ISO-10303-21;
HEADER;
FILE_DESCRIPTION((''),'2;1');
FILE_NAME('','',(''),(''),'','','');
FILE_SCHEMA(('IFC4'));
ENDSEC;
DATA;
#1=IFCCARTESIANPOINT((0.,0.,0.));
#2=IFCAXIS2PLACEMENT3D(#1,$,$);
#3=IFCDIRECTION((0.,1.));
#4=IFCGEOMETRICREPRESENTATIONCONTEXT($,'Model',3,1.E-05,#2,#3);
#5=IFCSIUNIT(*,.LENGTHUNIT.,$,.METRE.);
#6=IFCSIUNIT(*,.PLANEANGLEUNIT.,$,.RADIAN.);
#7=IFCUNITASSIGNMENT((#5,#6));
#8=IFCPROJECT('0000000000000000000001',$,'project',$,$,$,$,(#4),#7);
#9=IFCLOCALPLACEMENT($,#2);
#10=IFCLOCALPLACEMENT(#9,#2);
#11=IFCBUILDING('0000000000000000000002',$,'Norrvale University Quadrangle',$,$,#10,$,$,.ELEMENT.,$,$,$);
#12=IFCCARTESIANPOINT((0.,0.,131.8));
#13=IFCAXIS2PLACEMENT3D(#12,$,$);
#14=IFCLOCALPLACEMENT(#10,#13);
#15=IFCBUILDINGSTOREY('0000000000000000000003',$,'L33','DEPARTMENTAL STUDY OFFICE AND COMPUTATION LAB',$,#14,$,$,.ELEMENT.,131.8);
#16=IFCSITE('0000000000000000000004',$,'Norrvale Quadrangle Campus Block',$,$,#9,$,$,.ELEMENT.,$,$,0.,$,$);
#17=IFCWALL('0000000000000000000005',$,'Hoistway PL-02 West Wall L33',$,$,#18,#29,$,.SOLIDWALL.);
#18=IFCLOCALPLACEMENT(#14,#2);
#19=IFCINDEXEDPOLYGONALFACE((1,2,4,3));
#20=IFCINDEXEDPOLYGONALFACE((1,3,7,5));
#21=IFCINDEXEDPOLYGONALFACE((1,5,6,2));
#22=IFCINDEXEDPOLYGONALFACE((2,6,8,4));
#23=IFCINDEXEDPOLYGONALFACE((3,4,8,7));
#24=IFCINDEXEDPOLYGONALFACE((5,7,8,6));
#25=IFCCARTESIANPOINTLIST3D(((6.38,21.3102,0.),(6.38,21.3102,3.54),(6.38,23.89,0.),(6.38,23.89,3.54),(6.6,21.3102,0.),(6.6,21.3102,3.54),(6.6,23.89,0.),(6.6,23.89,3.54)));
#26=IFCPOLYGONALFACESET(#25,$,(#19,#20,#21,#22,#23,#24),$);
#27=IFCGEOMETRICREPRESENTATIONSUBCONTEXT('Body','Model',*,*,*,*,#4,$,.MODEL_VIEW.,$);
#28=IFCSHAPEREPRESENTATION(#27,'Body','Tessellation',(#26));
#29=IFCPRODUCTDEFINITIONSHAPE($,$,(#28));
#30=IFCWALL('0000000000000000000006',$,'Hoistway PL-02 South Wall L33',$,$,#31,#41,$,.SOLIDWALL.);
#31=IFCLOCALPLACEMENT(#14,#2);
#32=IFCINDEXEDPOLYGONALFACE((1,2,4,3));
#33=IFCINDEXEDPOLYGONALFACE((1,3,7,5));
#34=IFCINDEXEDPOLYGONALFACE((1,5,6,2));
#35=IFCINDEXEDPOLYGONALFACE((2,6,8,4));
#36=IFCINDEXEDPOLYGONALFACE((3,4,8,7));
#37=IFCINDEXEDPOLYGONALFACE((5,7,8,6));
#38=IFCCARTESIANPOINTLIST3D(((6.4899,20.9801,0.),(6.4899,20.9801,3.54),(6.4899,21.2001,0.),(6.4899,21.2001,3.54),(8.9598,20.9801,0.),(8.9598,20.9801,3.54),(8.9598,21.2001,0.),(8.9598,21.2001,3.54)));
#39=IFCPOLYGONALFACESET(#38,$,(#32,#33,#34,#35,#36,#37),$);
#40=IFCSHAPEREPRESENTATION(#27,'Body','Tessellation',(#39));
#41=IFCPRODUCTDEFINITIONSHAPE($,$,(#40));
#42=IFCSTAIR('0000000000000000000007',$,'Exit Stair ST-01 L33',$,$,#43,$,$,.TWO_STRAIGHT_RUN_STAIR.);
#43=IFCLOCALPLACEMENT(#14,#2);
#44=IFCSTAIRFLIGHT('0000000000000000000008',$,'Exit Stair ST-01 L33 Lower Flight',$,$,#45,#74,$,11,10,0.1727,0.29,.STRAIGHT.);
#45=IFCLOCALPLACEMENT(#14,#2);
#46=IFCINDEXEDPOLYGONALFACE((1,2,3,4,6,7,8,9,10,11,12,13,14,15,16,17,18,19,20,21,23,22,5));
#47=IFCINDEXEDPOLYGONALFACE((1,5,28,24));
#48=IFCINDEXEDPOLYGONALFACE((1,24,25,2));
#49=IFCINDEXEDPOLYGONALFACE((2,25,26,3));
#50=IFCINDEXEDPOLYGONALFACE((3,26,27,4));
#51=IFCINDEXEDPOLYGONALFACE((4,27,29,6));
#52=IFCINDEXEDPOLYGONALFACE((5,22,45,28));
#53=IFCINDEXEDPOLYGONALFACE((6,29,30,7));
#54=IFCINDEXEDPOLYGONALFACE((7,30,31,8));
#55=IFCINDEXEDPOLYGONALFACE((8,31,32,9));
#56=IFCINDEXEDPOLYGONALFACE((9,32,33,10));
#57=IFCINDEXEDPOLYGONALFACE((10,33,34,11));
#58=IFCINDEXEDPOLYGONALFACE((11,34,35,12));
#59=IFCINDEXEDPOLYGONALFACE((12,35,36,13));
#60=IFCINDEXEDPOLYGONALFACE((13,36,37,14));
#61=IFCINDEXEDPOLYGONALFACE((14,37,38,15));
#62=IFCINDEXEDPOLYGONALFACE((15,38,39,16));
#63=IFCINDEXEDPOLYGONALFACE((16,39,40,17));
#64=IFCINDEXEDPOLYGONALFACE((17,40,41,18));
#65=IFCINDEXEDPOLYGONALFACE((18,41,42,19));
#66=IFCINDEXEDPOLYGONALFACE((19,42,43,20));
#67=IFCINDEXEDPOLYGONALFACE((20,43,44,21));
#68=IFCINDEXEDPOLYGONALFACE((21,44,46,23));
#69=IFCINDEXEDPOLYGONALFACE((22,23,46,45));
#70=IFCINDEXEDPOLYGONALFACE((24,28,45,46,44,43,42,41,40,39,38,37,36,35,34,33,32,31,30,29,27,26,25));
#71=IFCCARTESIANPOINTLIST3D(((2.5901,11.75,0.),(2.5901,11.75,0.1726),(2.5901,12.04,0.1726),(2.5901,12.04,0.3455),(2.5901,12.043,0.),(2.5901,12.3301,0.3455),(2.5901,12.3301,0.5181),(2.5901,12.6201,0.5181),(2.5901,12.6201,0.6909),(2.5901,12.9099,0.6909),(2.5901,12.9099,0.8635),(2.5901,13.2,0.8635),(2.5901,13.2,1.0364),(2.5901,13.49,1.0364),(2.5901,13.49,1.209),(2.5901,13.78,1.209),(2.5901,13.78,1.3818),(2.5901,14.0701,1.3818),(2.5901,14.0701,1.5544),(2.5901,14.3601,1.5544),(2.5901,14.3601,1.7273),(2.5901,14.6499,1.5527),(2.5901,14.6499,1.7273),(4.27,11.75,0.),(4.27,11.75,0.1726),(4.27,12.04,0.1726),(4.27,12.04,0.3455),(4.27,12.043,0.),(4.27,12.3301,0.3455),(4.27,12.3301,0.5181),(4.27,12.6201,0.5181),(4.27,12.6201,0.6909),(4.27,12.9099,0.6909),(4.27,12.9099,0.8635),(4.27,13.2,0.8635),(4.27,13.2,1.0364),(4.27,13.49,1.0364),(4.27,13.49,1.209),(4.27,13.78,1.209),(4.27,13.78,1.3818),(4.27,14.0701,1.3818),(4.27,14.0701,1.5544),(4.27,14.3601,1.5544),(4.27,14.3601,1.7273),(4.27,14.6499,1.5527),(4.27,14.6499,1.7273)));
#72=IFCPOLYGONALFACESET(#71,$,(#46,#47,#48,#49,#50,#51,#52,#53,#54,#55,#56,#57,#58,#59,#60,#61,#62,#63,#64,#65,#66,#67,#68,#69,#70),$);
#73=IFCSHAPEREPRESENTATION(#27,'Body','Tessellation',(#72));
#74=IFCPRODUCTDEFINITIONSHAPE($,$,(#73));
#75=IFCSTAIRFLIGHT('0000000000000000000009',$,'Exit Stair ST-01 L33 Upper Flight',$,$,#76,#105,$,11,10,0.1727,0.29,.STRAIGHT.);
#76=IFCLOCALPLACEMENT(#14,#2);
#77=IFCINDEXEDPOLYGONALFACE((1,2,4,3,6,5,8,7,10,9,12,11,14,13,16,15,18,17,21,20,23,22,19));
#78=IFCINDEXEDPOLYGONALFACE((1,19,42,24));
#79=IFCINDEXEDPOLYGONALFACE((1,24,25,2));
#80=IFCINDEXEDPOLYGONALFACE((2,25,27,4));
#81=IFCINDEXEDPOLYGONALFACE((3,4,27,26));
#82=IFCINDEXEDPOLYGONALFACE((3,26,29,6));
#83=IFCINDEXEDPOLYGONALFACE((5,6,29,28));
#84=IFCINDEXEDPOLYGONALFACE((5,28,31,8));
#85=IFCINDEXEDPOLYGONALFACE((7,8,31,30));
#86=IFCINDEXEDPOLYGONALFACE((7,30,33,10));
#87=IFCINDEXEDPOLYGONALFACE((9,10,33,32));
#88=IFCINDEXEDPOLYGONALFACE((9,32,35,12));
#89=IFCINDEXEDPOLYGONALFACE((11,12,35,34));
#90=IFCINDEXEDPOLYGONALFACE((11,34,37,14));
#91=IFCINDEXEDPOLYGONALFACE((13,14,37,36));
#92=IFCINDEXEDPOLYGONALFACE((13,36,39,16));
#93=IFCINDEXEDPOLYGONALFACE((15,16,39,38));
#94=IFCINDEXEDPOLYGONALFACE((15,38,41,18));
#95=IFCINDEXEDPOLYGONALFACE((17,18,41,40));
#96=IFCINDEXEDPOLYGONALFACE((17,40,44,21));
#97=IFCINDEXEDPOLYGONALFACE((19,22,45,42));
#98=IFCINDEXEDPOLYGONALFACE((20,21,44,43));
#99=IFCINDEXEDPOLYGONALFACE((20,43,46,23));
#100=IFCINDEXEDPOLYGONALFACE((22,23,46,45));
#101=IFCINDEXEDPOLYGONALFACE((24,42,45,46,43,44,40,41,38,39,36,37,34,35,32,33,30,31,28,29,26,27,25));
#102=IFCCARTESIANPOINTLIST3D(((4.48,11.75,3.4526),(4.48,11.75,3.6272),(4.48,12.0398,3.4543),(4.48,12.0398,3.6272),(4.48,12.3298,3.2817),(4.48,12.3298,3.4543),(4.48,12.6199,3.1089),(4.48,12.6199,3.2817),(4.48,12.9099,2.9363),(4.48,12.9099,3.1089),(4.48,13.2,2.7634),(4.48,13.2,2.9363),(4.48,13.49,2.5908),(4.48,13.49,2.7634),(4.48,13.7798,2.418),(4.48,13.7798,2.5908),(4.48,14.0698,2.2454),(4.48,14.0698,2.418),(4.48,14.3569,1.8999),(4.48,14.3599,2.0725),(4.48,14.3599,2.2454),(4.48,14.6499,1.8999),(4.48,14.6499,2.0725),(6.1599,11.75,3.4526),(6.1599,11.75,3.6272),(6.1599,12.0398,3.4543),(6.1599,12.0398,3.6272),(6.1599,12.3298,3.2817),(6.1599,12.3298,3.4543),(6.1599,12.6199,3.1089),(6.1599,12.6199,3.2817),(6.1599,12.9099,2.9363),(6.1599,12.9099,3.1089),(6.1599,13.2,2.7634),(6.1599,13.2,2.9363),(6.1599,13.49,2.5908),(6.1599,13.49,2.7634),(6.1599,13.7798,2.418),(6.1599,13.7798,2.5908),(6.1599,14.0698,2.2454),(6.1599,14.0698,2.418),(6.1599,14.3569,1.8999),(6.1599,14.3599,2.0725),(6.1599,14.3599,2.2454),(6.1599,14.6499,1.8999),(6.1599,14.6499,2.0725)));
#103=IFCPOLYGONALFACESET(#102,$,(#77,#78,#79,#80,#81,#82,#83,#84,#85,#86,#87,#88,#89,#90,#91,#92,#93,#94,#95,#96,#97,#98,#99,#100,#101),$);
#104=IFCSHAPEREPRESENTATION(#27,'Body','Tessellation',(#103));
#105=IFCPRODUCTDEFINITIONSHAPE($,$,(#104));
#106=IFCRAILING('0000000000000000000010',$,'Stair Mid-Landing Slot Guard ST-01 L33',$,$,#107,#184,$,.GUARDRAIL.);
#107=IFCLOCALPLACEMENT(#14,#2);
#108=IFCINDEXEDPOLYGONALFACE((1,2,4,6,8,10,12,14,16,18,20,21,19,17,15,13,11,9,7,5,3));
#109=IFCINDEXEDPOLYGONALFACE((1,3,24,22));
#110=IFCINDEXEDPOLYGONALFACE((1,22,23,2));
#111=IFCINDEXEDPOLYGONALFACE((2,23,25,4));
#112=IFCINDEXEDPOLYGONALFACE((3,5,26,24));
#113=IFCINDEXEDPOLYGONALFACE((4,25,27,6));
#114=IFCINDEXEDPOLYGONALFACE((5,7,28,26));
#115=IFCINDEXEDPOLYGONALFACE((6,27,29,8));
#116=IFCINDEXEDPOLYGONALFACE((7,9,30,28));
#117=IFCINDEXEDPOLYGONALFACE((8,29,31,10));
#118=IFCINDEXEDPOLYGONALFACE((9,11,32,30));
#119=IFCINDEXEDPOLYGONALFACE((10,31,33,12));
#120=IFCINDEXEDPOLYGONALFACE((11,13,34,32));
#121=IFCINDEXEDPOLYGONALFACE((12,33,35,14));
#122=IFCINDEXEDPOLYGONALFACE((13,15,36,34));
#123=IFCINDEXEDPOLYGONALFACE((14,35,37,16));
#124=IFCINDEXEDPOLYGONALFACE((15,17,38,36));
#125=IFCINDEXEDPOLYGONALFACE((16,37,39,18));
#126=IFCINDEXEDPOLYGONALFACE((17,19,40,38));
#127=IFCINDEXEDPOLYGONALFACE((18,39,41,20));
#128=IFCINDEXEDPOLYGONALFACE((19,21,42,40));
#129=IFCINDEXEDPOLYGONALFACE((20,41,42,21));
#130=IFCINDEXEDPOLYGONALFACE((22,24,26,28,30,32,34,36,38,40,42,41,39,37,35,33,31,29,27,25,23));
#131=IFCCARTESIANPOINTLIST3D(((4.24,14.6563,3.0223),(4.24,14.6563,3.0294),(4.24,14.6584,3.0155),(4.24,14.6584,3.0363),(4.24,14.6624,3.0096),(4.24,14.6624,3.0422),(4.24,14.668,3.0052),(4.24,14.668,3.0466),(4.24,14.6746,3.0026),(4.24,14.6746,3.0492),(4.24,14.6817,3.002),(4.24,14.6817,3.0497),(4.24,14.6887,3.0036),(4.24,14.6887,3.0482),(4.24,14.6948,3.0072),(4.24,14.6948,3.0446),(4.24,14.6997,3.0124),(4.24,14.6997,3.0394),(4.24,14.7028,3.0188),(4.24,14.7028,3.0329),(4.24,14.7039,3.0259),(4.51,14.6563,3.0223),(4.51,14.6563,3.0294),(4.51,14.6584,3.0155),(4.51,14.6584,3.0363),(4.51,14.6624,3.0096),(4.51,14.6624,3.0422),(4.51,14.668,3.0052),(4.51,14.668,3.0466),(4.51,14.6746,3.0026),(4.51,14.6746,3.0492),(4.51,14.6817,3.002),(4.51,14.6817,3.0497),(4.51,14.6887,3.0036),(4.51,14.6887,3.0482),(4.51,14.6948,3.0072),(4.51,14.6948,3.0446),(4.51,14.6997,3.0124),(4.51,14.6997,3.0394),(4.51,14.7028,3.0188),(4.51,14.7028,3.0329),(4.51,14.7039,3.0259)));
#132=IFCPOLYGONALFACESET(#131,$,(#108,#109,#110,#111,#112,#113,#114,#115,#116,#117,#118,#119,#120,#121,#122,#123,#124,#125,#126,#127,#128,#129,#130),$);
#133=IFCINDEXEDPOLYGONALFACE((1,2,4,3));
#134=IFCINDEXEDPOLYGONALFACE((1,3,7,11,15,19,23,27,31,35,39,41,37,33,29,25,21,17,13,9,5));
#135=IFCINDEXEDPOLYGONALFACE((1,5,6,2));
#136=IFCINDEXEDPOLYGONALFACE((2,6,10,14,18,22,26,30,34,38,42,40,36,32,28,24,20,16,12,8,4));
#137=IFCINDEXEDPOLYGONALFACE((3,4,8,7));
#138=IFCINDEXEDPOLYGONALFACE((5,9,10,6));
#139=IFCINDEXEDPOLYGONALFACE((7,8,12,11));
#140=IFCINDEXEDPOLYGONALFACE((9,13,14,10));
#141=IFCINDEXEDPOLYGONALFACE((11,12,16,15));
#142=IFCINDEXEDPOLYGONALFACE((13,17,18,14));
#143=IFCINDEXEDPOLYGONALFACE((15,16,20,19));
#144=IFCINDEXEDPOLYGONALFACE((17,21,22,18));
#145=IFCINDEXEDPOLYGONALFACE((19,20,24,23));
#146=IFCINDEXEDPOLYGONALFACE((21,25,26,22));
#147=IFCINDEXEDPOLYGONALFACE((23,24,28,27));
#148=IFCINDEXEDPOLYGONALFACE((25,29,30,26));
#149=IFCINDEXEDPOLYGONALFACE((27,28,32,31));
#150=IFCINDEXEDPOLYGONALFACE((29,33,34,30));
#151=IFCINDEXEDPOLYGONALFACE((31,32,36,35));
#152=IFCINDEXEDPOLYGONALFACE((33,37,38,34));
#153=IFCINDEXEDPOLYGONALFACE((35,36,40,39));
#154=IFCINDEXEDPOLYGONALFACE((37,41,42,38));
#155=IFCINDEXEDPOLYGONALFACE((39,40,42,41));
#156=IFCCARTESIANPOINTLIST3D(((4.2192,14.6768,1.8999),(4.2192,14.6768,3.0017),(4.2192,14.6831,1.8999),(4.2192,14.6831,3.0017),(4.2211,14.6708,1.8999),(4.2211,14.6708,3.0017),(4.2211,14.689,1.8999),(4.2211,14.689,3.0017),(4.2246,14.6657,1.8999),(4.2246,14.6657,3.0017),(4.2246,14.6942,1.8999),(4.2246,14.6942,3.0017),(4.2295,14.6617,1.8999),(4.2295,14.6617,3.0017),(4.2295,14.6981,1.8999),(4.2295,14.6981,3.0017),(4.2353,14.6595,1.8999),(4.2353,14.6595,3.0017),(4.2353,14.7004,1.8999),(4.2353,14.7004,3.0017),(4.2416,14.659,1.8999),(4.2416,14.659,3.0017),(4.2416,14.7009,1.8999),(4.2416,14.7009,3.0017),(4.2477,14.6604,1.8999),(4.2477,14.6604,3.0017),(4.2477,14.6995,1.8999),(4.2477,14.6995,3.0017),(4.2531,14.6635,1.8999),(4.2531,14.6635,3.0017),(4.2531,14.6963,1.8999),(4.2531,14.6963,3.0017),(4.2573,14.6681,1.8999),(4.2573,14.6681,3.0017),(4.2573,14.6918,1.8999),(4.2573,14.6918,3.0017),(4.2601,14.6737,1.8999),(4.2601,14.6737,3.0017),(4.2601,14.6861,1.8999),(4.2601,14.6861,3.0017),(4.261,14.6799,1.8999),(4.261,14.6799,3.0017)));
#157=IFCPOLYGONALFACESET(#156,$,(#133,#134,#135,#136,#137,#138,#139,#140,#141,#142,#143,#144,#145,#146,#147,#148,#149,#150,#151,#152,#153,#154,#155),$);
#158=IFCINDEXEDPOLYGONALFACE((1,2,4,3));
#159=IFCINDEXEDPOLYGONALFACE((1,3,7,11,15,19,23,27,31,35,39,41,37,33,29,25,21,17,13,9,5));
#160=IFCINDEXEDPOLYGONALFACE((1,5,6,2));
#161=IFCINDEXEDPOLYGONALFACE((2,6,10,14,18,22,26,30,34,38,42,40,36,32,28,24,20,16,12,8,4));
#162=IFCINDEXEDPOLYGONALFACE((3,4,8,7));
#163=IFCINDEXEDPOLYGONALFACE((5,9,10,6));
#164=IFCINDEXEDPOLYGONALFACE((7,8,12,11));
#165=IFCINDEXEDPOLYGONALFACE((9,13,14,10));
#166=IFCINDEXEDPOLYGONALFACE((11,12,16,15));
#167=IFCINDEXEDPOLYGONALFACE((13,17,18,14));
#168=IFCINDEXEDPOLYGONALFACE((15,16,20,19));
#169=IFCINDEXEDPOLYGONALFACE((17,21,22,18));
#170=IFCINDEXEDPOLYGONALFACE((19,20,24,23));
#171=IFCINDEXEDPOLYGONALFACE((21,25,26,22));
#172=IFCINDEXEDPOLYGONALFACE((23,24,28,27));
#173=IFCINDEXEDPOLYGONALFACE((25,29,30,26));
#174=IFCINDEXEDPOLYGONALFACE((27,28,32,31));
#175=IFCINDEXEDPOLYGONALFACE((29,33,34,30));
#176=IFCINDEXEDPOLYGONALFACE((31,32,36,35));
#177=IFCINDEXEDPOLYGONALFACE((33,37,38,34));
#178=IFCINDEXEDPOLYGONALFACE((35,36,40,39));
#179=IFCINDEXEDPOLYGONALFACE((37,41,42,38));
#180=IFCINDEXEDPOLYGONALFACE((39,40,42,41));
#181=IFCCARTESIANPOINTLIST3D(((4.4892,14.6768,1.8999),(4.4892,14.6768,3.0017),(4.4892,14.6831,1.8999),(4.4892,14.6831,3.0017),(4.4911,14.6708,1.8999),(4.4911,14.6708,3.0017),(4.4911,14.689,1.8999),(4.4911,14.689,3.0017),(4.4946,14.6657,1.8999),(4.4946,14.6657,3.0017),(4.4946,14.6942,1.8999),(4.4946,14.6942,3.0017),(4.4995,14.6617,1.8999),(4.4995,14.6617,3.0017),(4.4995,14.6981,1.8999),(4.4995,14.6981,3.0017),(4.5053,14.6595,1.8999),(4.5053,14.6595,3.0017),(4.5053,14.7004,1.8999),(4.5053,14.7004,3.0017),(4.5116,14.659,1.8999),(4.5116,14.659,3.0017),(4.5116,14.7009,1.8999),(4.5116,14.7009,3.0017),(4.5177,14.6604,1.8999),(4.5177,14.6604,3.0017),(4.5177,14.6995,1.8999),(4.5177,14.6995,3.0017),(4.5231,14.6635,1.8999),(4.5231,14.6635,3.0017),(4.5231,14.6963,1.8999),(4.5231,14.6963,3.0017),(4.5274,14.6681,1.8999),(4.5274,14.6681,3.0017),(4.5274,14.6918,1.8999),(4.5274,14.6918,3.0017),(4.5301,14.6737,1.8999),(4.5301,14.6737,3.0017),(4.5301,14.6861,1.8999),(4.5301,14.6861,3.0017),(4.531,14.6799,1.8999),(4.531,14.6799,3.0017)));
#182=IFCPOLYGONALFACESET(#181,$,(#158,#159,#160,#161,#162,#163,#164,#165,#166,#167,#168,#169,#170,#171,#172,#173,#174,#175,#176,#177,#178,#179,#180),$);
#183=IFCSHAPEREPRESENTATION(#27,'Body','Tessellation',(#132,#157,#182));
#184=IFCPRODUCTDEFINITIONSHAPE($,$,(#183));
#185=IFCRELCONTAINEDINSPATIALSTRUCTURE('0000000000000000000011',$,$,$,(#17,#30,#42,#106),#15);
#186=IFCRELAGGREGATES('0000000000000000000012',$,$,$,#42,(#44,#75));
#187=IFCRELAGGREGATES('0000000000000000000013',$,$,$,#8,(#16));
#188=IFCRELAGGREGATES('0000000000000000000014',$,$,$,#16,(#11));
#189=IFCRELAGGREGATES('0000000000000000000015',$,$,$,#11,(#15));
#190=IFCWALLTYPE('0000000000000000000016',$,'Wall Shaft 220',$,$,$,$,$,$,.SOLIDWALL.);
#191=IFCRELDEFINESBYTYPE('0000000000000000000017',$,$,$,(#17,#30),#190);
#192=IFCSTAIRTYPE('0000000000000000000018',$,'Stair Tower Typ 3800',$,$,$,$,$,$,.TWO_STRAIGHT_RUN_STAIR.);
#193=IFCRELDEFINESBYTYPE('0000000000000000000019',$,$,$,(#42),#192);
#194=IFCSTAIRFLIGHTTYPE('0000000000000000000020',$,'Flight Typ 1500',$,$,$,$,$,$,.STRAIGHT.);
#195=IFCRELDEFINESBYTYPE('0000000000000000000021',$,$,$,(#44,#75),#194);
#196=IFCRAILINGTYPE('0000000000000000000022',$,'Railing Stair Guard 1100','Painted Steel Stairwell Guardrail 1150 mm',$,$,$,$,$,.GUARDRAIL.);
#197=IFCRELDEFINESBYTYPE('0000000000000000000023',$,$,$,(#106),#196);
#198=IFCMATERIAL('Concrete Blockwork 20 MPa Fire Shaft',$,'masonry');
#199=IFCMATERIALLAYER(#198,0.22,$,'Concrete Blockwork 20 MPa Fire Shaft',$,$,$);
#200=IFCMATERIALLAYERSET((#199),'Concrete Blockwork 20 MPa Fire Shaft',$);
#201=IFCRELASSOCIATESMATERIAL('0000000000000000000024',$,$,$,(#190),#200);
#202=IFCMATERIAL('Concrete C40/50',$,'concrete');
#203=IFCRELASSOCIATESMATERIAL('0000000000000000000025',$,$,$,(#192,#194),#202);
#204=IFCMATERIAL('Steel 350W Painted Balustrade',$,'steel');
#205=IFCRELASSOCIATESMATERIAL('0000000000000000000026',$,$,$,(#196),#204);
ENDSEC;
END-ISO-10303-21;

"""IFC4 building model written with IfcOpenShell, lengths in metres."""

from ifc_helpers import new_model, si_unit, direction, frame, frame_2d, origin, origin_2d, place, context, subcontext, project, spatial, polyline, rectangle, circle, outline, extrude, material, layer, layer_set, type_object, element, aggregate, save


model = new_model("IFC4")

# Units and contexts
model_context = context("Model", 3, precision=1e-05, world=origin(), true_north=direction((0.0, 1.0)))
body_context = subcontext(model_context, "Body", "Model", "MODEL_VIEW")
ifc_project = project(units=[si_unit("LENGTHUNIT", "METRE"), si_unit("PLANEANGLEUNIT", "RADIAN")], contexts=[model_context])

# Site, building, storey
site_placement = place(None, origin())
site = spatial("IfcSite", under=ifc_project, at=site_placement, Name="Norrvale Quadrangle Campus Block", CompositionType="ELEMENT", RefElevation=0.0)
building_placement = place(site_placement, origin())
building = spatial("IfcBuilding", under=site, at=building_placement, Name="Norrvale University Quadrangle", CompositionType="ELEMENT")
storey_placement = place(building_placement, frame((0.0, 0.0, 131.8)))
storey = spatial("IfcBuildingStorey", under=building, at=storey_placement, Name="L33", Description="DEPARTMENTAL STUDY OFFICE AND COMPUTATION LAB", CompositionType="ELEMENT", Elevation=131.8)

# Walls
ifc_material_1 = material(Name="Concrete Blockwork 20 MPa Fire Shaft", Category="masonry")
ifc_layer_1 = layer(ifc_material_1, 0.22, Name="Concrete Blockwork 20 MPa Fire Shaft")
ifc_layer_set_1 = layer_set([ifc_layer_1], Name="Concrete Blockwork 20 MPa Fire Shaft")
wall_type_1 = type_object("IfcWallType", Name="Wall Shaft 220", PredefinedType="SOLIDWALL", material=ifc_layer_set_1)
wall_1_placement = place(storey_placement, frame((6.49, 21.3101, 0.0), z_axis=(0.0, 0.0, 1.0), x_axis=(0.0, 1.0, 0.0)))
element("IfcWall", 1, at=wall_1_placement, inside=storey, type_object=wall_type_1, Name="Hoistway PL-02 West Wall L33", PredefinedType="SOLIDWALL", context=body_context, shape_type="SweptSolid", body=[
    extrude(rectangle(XDim=2.5798, YDim=0.22, at=frame_2d((1.29, 0.0))), origin(), (0.0, 0.0, 1.0), 3.54),
])
wall_2_placement = place(storey_placement, frame((6.49, 21.0901, 0.0), z_axis=(0.0, 0.0, 1.0), x_axis=(1.0, 0.0, 0.0)))
element("IfcWall", 2, at=wall_2_placement, inside=storey, type_object=wall_type_1, Name="Hoistway PL-02 South Wall L33", PredefinedType="SOLIDWALL", context=body_context, shape_type="SweptSolid", body=[
    extrude(rectangle(XDim=2.47, YDim=0.22, at=frame_2d((1.2349, 0.0))), origin(), (0.0, 0.0, 1.0), 3.54),
])

# Stair, stair flights
ifc_material_2 = material(Name="Concrete C40/50", Category="concrete")
stair_type = type_object("IfcStairType", Name="Stair Tower Typ 3800", PredefinedType="TWO_STRAIGHT_RUN_STAIR", material=ifc_material_2)
stair_placement = place(storey_placement, origin())
stair = element("IfcStair", 3, at=stair_placement, inside=storey, type_object=stair_type, Name="Exit Stair ST-01 L33", PredefinedType="TWO_STRAIGHT_RUN_STAIR")
stair_flight_type = type_object("IfcStairFlightType", Name="Flight Typ 1500", PredefinedType="STRAIGHT", material=ifc_material_2)
stair_flight_1_placement = place(storey_placement, frame((3.4299, 11.75, 0.0), z_axis=(0.0, 0.0, 1.0), x_axis=(0.0, 1.0, 0.0)))
stair_flight_1 = element("IfcStairFlight", 4, at=stair_flight_1_placement, type_object=stair_flight_type, Name="Exit Stair ST-01 L33 Lower Flight", NumberOfRisers=11, NumberOfTreads=10, PredefinedType="STRAIGHT", RiserHeight=0.1727, TreadLength=0.29, context=body_context, shape_type="SweptSolid", body=[
    extrude(outline(polyline([(0.0, 0.0), (0.0, 0.1726), (0.29, 0.1726), (0.29, 0.3455), (0.5801, 0.3455), (0.5801, 0.5181), (0.8701, 0.5181), (0.8701, 0.6909), (1.1599, 0.6909), (1.1599, 0.8635), (1.45, 0.8635), (1.45, 1.0364), (1.74, 1.0364), (1.74, 1.209), (2.03, 1.209), (2.03, 1.3818), (2.3201, 1.3818), (2.3201, 1.5544), (2.6101, 1.5544), (2.6101, 1.7273), (2.8999, 1.7273), (2.8999, 1.8999), (2.8999, 1.5527), (0.293, 0.0), (0.0, 0.0)])), frame((0.0, 0.8398, 0.0), z_axis=(0.0, -1.0, 0.0), x_axis=(1.0, 0.0, 0.0)), (0.0, 0.0, 1.0), 1.6799),
])
stair_flight_2_placement = place(storey_placement, frame((5.3201, 14.6499, 1.8999), z_axis=(0.0, 0.0, 1.0), x_axis=(0.0, -1.0, 0.0)))
stair_flight_2 = element("IfcStairFlight", 5, at=stair_flight_2_placement, type_object=stair_flight_type, Name="Exit Stair ST-01 L33 Upper Flight", NumberOfRisers=11, NumberOfTreads=10, PredefinedType="STRAIGHT", RiserHeight=0.1727, TreadLength=0.29, context=body_context, shape_type="SweptSolid", body=[
    extrude(outline(polyline([(0.0, 0.0), (0.0, 0.1726), (0.29, 0.1726), (0.29, 0.3455), (0.5801, 0.3455), (0.5801, 0.5181), (0.8701, 0.5181), (0.8701, 0.6909), (1.1599, 0.6909), (1.1599, 0.8635), (1.45, 0.8635), (1.45, 1.0364), (1.74, 1.0364), (1.74, 1.209), (2.03, 1.209), (2.03, 1.3818), (2.3201, 1.3818), (2.3201, 1.5544), (2.6101, 1.5544), (2.6101, 1.7273), (2.8999, 1.7273), (2.8999, 1.8999), (2.8999, 1.5527), (0.293, 0.0), (0.0, 0.0)])), frame((0.0, 0.8398, 0.0), z_axis=(0.0, -1.0, 0.0), x_axis=(1.0, 0.0, 0.0)), (0.0, 0.0, 1.0), 1.6799),
])
aggregate(stair, [stair_flight_1, stair_flight_2])

# Railing
ifc_material_3 = material(Name="Steel 350W Painted Balustrade", Category="steel")
railing_type_1 = type_object("IfcRailingType", Name="Railing Stair Guard 1100", Description="Painted Steel Stairwell Guardrail 1150 mm", PredefinedType="GUARDRAIL", material=ifc_material_3)
railing_1_placement = place(storey_placement, frame((4.24, 14.6799, 1.8999)))
element("IfcRailing", 6, at=railing_1_placement, inside=storey, type_object=railing_type_1, Name="Stair Mid-Landing Slot Guard ST-01 L33", PredefinedType="GUARDRAIL", context=body_context, shape_type="SweptSolid", body=[
    extrude(circle(Radius=0.0239, at=origin_2d()), frame((0.0, 0.0, 1.126), z_axis=(1.0, 0.0, 0.0), x_axis=(0.0, 1.0, 0.0)), (0.0, 0.0, 1.0), 0.27),
    extrude(circle(Radius=0.021, at=origin_2d()), origin(), (0.0, 0.0, 1.0), 1.1018),
    extrude(circle(Radius=0.021, at=origin_2d()), frame((0.27, 0.0, 0.0)), (0.0, 0.0, 1.0), 1.1018),
])

save(model, "model.ifc")
